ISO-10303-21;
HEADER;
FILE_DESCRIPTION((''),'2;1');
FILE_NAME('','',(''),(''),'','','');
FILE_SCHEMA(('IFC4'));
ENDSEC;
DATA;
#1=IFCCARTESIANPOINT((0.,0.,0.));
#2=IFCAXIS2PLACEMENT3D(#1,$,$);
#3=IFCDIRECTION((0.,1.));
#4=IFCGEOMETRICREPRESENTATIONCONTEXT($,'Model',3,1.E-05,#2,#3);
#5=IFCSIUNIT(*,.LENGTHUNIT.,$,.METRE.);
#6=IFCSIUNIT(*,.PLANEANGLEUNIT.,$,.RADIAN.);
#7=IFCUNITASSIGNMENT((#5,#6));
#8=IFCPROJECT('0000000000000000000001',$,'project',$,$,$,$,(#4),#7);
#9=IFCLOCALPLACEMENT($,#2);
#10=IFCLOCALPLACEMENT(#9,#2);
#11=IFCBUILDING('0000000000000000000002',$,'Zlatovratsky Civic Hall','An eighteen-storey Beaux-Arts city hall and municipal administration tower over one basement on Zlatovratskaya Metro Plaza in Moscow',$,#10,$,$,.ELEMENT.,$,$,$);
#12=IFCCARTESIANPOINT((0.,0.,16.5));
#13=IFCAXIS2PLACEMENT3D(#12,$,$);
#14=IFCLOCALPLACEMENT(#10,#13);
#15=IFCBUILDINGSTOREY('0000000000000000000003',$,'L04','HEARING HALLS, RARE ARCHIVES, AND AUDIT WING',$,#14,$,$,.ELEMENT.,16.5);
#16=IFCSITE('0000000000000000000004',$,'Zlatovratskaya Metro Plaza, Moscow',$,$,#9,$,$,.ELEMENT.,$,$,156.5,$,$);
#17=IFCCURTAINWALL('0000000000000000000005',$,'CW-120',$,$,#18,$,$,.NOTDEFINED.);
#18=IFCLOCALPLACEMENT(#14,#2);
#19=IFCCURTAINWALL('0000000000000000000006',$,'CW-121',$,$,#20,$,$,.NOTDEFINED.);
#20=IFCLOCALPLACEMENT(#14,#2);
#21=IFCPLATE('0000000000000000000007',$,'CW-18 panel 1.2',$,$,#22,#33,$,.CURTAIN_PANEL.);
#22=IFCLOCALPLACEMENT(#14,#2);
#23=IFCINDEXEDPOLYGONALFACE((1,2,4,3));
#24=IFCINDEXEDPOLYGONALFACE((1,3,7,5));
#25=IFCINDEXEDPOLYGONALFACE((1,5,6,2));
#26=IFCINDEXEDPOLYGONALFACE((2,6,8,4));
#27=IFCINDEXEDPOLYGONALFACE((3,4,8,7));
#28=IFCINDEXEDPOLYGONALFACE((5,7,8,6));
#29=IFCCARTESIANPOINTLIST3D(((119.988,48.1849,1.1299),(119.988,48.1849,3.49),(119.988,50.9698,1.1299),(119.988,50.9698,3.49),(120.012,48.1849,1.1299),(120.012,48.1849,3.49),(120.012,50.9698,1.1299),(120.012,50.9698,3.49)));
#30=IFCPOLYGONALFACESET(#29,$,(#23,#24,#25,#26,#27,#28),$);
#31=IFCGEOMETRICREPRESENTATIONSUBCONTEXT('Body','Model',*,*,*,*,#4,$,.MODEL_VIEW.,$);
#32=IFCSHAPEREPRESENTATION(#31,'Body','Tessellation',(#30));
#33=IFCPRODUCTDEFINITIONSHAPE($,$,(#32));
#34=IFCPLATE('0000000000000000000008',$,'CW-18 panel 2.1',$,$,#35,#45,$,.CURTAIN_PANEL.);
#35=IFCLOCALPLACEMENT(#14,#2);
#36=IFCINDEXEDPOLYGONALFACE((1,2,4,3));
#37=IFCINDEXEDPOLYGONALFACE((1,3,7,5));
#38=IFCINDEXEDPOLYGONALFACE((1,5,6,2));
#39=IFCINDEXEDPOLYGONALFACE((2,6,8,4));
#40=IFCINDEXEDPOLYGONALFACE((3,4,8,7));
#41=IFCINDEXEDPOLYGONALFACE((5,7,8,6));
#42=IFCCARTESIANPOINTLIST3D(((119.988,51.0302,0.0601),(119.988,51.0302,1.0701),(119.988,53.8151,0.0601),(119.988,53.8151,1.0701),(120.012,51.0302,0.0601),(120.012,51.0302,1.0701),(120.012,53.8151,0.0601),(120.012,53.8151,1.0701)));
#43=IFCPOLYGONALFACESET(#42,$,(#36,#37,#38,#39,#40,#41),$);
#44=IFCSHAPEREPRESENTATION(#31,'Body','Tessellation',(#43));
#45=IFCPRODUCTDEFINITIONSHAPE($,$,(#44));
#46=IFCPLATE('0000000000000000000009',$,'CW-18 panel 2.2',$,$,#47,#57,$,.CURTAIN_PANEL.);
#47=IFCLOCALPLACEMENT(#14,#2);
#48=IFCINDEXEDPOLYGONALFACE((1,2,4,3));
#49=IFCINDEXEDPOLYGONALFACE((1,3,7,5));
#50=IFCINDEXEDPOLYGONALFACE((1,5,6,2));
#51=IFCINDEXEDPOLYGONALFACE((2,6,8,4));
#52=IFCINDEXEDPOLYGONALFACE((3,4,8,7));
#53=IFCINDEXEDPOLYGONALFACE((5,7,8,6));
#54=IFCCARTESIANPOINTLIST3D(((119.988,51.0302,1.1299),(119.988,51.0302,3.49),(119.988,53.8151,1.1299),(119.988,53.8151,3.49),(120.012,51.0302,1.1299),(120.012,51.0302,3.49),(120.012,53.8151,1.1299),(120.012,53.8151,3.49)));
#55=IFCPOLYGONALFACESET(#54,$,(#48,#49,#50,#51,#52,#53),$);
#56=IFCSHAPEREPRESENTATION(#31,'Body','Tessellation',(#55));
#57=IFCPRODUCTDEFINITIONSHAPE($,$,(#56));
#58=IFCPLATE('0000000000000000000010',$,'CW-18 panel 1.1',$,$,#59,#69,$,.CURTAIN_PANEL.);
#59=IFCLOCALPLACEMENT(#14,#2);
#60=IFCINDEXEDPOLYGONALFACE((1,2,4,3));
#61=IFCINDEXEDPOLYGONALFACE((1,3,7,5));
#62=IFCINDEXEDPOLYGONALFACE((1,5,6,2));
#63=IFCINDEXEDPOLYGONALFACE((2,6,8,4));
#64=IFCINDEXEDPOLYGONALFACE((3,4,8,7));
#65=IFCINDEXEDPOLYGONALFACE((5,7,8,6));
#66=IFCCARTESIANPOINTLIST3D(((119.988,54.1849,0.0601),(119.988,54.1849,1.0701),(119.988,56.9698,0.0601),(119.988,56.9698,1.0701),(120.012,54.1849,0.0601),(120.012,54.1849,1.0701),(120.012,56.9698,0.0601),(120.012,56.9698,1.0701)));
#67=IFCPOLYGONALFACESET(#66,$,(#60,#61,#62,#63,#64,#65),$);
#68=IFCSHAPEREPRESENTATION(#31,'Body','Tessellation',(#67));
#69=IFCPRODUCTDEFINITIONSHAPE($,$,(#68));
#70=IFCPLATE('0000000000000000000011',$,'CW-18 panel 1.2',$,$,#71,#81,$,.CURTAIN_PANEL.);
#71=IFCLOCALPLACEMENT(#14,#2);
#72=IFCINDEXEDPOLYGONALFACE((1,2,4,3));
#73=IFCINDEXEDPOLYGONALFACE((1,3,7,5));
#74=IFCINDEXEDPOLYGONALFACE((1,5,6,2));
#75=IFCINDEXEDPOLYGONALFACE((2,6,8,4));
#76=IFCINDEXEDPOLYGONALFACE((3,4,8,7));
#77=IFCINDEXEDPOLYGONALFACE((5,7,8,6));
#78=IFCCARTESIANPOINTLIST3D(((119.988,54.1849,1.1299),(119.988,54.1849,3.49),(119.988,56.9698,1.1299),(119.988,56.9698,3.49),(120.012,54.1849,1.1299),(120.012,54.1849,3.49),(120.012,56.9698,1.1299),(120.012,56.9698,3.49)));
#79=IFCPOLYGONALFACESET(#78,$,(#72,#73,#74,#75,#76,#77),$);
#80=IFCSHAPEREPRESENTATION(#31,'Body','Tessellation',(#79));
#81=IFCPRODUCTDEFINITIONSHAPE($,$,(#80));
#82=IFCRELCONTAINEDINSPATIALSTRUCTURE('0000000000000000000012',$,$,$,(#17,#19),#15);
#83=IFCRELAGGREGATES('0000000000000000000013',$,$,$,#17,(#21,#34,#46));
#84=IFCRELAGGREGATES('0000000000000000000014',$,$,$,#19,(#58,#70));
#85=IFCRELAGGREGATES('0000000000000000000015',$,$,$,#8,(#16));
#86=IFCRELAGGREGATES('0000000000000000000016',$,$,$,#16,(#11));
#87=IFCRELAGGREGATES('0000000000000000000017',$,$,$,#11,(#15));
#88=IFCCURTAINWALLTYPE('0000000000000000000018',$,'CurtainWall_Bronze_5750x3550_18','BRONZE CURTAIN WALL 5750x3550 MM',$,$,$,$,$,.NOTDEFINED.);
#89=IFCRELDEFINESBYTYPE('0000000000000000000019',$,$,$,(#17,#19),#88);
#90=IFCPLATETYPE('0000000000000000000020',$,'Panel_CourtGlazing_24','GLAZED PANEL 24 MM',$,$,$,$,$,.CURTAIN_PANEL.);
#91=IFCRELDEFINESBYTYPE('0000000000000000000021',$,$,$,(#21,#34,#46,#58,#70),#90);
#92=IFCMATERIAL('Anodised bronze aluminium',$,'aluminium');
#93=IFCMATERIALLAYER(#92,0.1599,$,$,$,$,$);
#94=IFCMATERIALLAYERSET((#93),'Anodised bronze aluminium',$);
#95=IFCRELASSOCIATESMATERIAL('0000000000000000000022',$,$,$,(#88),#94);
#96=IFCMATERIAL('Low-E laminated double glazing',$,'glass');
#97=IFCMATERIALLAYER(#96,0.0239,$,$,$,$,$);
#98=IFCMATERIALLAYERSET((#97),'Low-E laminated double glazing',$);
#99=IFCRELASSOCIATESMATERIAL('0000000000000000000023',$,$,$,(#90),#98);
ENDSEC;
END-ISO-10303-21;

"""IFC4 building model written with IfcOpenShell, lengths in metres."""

from ifc_helpers import new_model, si_unit, direction, frame, origin, origin_2d, place, context, subcontext, project, spatial, rectangle, extrude, material, layer, layer_set, type_object, element, aggregate, save


model = new_model("IFC4")

# Units and contexts
model_context = context("Model", 3, precision=1e-05, world=origin(), true_north=direction((0.0, 1.0)))
body_context = subcontext(model_context, "Body", "Model", "MODEL_VIEW")
ifc_project = project(units=[si_unit("LENGTHUNIT", "METRE"), si_unit("PLANEANGLEUNIT", "RADIAN")], contexts=[model_context])

# Site, building, storey
site_placement = place(None, origin())
site = spatial("IfcSite", under=ifc_project, at=site_placement, Name="Zlatovratskaya Metro Plaza, Moscow", CompositionType="ELEMENT", RefElevation=156.5)
building_placement = place(site_placement, origin())
building = spatial("IfcBuilding", under=site, at=building_placement, Name="Zlatovratsky Civic Hall", Description="An eighteen-storey Beaux-Arts city hall and municipal administration tower over one basement on Zlatovratskaya Metro Plaza in Moscow", CompositionType="ELEMENT")
storey_placement = place(building_placement, frame((0.0, 0.0, 16.5)))
storey = spatial("IfcBuildingStorey", under=building, at=storey_placement, Name="L04", Description="HEARING HALLS, RARE ARCHIVES, AND AUDIT WING", CompositionType="ELEMENT", Elevation=16.5)

# Shared definitions
ifc_material_1 = material(Name="Anodised bronze aluminium", Category="aluminium")
ifc_layer_1 = layer(ifc_material_1, 0.1599)
ifc_layer_set_1 = layer_set([ifc_layer_1], Name="Anodised bronze aluminium")
curtain_wall_type = type_object("IfcCurtainWallType", Name="CurtainWall_Bronze_5750x3550_18", Description="BRONZE CURTAIN WALL 5750x3550 MM", PredefinedType="NOTDEFINED", material=ifc_layer_set_1)

# Curtain walls
curtain_wall_1_placement = place(storey_placement, origin())
curtain_wall_1 = element("IfcCurtainWall", 1, at=curtain_wall_1_placement, inside=storey, type_object=curtain_wall_type, Name="CW-120", PredefinedType="NOTDEFINED")
curtain_wall_2_placement = place(storey_placement, origin())
curtain_wall_2 = element("IfcCurtainWall", 2, at=curtain_wall_2_placement, inside=storey, type_object=curtain_wall_type, Name="CW-121", PredefinedType="NOTDEFINED")

# Plates
ifc_material_2 = material(Name="Low-E laminated double glazing", Category="glass")
ifc_layer_2 = layer(ifc_material_2, 0.0239)
ifc_layer_set_2 = layer_set([ifc_layer_2], Name="Low-E laminated double glazing")
plate_type = type_object("IfcPlateType", Name="Panel_CourtGlazing_24", Description="GLAZED PANEL 24 MM", PredefinedType="CURTAIN_PANEL", material=ifc_layer_set_2)
plate_1_placement = place(storey_placement, frame((120.0, 49.5774, 1.1299), z_axis=(0.0, 0.0, 1.0), x_axis=(0.0, 1.0, 0.0)))
plate_1 = element("IfcPlate", 3, at=plate_1_placement, type_object=plate_type, Name="CW-18 panel 1.2", PredefinedType="CURTAIN_PANEL", context=body_context, shape_type="SweptSolid", body=[
    extrude(rectangle(XDim=2.7849, YDim=0.0239, at=origin_2d()), origin(), (0.0, 0.0, 1.0), 2.3601),
])
plate_2_placement = place(storey_placement, frame((120.0, 52.4226, 0.0601), z_axis=(0.0, 0.0, 1.0), x_axis=(0.0, 1.0, 0.0)))
plate_2 = element("IfcPlate", 4, at=plate_2_placement, type_object=plate_type, Name="CW-18 panel 2.1", PredefinedType="CURTAIN_PANEL", context=body_context, shape_type="SweptSolid", body=[
    extrude(rectangle(XDim=2.7849, YDim=0.0239, at=origin_2d()), origin(), (0.0, 0.0, 1.0), 1.01),
])
plate_3_placement = place(storey_placement, frame((120.0, 52.4226, 1.1299), z_axis=(0.0, 0.0, 1.0), x_axis=(0.0, 1.0, 0.0)))
plate_3 = element("IfcPlate", 5, at=plate_3_placement, type_object=plate_type, Name="CW-18 panel 2.2", PredefinedType="CURTAIN_PANEL", context=body_context, shape_type="SweptSolid", body=[
    extrude(rectangle(XDim=2.7849, YDim=0.0239, at=origin_2d()), origin(), (0.0, 0.0, 1.0), 2.3601),
])
aggregate(curtain_wall_1, [plate_1, plate_2, plate_3])
plate_4_placement = place(storey_placement, frame((120.0, 55.5774, 0.0601), z_axis=(0.0, 0.0, 1.0), x_axis=(0.0, 1.0, 0.0)))
plate_4 = element("IfcPlate", 6, at=plate_4_placement, type_object=plate_type, Name="CW-18 panel 1.1", PredefinedType="CURTAIN_PANEL", context=body_context, shape_type="SweptSolid", body=[
    extrude(rectangle(XDim=2.7849, YDim=0.0239, at=origin_2d()), origin(), (0.0, 0.0, 1.0), 1.01),
])
plate_5_placement = place(storey_placement, frame((120.0, 55.5774, 1.1299), z_axis=(0.0, 0.0, 1.0), x_axis=(0.0, 1.0, 0.0)))
plate_5 = element("IfcPlate", 7, at=plate_5_placement, type_object=plate_type, Name="CW-18 panel 1.2", PredefinedType="CURTAIN_PANEL", context=body_context, shape_type="SweptSolid", body=[
    extrude(rectangle(XDim=2.7849, YDim=0.0239, at=origin_2d()), origin(), (0.0, 0.0, 1.0), 2.3601),
])
aggregate(curtain_wall_2, [plate_4, plate_5])

save(model, "model.ifc")
